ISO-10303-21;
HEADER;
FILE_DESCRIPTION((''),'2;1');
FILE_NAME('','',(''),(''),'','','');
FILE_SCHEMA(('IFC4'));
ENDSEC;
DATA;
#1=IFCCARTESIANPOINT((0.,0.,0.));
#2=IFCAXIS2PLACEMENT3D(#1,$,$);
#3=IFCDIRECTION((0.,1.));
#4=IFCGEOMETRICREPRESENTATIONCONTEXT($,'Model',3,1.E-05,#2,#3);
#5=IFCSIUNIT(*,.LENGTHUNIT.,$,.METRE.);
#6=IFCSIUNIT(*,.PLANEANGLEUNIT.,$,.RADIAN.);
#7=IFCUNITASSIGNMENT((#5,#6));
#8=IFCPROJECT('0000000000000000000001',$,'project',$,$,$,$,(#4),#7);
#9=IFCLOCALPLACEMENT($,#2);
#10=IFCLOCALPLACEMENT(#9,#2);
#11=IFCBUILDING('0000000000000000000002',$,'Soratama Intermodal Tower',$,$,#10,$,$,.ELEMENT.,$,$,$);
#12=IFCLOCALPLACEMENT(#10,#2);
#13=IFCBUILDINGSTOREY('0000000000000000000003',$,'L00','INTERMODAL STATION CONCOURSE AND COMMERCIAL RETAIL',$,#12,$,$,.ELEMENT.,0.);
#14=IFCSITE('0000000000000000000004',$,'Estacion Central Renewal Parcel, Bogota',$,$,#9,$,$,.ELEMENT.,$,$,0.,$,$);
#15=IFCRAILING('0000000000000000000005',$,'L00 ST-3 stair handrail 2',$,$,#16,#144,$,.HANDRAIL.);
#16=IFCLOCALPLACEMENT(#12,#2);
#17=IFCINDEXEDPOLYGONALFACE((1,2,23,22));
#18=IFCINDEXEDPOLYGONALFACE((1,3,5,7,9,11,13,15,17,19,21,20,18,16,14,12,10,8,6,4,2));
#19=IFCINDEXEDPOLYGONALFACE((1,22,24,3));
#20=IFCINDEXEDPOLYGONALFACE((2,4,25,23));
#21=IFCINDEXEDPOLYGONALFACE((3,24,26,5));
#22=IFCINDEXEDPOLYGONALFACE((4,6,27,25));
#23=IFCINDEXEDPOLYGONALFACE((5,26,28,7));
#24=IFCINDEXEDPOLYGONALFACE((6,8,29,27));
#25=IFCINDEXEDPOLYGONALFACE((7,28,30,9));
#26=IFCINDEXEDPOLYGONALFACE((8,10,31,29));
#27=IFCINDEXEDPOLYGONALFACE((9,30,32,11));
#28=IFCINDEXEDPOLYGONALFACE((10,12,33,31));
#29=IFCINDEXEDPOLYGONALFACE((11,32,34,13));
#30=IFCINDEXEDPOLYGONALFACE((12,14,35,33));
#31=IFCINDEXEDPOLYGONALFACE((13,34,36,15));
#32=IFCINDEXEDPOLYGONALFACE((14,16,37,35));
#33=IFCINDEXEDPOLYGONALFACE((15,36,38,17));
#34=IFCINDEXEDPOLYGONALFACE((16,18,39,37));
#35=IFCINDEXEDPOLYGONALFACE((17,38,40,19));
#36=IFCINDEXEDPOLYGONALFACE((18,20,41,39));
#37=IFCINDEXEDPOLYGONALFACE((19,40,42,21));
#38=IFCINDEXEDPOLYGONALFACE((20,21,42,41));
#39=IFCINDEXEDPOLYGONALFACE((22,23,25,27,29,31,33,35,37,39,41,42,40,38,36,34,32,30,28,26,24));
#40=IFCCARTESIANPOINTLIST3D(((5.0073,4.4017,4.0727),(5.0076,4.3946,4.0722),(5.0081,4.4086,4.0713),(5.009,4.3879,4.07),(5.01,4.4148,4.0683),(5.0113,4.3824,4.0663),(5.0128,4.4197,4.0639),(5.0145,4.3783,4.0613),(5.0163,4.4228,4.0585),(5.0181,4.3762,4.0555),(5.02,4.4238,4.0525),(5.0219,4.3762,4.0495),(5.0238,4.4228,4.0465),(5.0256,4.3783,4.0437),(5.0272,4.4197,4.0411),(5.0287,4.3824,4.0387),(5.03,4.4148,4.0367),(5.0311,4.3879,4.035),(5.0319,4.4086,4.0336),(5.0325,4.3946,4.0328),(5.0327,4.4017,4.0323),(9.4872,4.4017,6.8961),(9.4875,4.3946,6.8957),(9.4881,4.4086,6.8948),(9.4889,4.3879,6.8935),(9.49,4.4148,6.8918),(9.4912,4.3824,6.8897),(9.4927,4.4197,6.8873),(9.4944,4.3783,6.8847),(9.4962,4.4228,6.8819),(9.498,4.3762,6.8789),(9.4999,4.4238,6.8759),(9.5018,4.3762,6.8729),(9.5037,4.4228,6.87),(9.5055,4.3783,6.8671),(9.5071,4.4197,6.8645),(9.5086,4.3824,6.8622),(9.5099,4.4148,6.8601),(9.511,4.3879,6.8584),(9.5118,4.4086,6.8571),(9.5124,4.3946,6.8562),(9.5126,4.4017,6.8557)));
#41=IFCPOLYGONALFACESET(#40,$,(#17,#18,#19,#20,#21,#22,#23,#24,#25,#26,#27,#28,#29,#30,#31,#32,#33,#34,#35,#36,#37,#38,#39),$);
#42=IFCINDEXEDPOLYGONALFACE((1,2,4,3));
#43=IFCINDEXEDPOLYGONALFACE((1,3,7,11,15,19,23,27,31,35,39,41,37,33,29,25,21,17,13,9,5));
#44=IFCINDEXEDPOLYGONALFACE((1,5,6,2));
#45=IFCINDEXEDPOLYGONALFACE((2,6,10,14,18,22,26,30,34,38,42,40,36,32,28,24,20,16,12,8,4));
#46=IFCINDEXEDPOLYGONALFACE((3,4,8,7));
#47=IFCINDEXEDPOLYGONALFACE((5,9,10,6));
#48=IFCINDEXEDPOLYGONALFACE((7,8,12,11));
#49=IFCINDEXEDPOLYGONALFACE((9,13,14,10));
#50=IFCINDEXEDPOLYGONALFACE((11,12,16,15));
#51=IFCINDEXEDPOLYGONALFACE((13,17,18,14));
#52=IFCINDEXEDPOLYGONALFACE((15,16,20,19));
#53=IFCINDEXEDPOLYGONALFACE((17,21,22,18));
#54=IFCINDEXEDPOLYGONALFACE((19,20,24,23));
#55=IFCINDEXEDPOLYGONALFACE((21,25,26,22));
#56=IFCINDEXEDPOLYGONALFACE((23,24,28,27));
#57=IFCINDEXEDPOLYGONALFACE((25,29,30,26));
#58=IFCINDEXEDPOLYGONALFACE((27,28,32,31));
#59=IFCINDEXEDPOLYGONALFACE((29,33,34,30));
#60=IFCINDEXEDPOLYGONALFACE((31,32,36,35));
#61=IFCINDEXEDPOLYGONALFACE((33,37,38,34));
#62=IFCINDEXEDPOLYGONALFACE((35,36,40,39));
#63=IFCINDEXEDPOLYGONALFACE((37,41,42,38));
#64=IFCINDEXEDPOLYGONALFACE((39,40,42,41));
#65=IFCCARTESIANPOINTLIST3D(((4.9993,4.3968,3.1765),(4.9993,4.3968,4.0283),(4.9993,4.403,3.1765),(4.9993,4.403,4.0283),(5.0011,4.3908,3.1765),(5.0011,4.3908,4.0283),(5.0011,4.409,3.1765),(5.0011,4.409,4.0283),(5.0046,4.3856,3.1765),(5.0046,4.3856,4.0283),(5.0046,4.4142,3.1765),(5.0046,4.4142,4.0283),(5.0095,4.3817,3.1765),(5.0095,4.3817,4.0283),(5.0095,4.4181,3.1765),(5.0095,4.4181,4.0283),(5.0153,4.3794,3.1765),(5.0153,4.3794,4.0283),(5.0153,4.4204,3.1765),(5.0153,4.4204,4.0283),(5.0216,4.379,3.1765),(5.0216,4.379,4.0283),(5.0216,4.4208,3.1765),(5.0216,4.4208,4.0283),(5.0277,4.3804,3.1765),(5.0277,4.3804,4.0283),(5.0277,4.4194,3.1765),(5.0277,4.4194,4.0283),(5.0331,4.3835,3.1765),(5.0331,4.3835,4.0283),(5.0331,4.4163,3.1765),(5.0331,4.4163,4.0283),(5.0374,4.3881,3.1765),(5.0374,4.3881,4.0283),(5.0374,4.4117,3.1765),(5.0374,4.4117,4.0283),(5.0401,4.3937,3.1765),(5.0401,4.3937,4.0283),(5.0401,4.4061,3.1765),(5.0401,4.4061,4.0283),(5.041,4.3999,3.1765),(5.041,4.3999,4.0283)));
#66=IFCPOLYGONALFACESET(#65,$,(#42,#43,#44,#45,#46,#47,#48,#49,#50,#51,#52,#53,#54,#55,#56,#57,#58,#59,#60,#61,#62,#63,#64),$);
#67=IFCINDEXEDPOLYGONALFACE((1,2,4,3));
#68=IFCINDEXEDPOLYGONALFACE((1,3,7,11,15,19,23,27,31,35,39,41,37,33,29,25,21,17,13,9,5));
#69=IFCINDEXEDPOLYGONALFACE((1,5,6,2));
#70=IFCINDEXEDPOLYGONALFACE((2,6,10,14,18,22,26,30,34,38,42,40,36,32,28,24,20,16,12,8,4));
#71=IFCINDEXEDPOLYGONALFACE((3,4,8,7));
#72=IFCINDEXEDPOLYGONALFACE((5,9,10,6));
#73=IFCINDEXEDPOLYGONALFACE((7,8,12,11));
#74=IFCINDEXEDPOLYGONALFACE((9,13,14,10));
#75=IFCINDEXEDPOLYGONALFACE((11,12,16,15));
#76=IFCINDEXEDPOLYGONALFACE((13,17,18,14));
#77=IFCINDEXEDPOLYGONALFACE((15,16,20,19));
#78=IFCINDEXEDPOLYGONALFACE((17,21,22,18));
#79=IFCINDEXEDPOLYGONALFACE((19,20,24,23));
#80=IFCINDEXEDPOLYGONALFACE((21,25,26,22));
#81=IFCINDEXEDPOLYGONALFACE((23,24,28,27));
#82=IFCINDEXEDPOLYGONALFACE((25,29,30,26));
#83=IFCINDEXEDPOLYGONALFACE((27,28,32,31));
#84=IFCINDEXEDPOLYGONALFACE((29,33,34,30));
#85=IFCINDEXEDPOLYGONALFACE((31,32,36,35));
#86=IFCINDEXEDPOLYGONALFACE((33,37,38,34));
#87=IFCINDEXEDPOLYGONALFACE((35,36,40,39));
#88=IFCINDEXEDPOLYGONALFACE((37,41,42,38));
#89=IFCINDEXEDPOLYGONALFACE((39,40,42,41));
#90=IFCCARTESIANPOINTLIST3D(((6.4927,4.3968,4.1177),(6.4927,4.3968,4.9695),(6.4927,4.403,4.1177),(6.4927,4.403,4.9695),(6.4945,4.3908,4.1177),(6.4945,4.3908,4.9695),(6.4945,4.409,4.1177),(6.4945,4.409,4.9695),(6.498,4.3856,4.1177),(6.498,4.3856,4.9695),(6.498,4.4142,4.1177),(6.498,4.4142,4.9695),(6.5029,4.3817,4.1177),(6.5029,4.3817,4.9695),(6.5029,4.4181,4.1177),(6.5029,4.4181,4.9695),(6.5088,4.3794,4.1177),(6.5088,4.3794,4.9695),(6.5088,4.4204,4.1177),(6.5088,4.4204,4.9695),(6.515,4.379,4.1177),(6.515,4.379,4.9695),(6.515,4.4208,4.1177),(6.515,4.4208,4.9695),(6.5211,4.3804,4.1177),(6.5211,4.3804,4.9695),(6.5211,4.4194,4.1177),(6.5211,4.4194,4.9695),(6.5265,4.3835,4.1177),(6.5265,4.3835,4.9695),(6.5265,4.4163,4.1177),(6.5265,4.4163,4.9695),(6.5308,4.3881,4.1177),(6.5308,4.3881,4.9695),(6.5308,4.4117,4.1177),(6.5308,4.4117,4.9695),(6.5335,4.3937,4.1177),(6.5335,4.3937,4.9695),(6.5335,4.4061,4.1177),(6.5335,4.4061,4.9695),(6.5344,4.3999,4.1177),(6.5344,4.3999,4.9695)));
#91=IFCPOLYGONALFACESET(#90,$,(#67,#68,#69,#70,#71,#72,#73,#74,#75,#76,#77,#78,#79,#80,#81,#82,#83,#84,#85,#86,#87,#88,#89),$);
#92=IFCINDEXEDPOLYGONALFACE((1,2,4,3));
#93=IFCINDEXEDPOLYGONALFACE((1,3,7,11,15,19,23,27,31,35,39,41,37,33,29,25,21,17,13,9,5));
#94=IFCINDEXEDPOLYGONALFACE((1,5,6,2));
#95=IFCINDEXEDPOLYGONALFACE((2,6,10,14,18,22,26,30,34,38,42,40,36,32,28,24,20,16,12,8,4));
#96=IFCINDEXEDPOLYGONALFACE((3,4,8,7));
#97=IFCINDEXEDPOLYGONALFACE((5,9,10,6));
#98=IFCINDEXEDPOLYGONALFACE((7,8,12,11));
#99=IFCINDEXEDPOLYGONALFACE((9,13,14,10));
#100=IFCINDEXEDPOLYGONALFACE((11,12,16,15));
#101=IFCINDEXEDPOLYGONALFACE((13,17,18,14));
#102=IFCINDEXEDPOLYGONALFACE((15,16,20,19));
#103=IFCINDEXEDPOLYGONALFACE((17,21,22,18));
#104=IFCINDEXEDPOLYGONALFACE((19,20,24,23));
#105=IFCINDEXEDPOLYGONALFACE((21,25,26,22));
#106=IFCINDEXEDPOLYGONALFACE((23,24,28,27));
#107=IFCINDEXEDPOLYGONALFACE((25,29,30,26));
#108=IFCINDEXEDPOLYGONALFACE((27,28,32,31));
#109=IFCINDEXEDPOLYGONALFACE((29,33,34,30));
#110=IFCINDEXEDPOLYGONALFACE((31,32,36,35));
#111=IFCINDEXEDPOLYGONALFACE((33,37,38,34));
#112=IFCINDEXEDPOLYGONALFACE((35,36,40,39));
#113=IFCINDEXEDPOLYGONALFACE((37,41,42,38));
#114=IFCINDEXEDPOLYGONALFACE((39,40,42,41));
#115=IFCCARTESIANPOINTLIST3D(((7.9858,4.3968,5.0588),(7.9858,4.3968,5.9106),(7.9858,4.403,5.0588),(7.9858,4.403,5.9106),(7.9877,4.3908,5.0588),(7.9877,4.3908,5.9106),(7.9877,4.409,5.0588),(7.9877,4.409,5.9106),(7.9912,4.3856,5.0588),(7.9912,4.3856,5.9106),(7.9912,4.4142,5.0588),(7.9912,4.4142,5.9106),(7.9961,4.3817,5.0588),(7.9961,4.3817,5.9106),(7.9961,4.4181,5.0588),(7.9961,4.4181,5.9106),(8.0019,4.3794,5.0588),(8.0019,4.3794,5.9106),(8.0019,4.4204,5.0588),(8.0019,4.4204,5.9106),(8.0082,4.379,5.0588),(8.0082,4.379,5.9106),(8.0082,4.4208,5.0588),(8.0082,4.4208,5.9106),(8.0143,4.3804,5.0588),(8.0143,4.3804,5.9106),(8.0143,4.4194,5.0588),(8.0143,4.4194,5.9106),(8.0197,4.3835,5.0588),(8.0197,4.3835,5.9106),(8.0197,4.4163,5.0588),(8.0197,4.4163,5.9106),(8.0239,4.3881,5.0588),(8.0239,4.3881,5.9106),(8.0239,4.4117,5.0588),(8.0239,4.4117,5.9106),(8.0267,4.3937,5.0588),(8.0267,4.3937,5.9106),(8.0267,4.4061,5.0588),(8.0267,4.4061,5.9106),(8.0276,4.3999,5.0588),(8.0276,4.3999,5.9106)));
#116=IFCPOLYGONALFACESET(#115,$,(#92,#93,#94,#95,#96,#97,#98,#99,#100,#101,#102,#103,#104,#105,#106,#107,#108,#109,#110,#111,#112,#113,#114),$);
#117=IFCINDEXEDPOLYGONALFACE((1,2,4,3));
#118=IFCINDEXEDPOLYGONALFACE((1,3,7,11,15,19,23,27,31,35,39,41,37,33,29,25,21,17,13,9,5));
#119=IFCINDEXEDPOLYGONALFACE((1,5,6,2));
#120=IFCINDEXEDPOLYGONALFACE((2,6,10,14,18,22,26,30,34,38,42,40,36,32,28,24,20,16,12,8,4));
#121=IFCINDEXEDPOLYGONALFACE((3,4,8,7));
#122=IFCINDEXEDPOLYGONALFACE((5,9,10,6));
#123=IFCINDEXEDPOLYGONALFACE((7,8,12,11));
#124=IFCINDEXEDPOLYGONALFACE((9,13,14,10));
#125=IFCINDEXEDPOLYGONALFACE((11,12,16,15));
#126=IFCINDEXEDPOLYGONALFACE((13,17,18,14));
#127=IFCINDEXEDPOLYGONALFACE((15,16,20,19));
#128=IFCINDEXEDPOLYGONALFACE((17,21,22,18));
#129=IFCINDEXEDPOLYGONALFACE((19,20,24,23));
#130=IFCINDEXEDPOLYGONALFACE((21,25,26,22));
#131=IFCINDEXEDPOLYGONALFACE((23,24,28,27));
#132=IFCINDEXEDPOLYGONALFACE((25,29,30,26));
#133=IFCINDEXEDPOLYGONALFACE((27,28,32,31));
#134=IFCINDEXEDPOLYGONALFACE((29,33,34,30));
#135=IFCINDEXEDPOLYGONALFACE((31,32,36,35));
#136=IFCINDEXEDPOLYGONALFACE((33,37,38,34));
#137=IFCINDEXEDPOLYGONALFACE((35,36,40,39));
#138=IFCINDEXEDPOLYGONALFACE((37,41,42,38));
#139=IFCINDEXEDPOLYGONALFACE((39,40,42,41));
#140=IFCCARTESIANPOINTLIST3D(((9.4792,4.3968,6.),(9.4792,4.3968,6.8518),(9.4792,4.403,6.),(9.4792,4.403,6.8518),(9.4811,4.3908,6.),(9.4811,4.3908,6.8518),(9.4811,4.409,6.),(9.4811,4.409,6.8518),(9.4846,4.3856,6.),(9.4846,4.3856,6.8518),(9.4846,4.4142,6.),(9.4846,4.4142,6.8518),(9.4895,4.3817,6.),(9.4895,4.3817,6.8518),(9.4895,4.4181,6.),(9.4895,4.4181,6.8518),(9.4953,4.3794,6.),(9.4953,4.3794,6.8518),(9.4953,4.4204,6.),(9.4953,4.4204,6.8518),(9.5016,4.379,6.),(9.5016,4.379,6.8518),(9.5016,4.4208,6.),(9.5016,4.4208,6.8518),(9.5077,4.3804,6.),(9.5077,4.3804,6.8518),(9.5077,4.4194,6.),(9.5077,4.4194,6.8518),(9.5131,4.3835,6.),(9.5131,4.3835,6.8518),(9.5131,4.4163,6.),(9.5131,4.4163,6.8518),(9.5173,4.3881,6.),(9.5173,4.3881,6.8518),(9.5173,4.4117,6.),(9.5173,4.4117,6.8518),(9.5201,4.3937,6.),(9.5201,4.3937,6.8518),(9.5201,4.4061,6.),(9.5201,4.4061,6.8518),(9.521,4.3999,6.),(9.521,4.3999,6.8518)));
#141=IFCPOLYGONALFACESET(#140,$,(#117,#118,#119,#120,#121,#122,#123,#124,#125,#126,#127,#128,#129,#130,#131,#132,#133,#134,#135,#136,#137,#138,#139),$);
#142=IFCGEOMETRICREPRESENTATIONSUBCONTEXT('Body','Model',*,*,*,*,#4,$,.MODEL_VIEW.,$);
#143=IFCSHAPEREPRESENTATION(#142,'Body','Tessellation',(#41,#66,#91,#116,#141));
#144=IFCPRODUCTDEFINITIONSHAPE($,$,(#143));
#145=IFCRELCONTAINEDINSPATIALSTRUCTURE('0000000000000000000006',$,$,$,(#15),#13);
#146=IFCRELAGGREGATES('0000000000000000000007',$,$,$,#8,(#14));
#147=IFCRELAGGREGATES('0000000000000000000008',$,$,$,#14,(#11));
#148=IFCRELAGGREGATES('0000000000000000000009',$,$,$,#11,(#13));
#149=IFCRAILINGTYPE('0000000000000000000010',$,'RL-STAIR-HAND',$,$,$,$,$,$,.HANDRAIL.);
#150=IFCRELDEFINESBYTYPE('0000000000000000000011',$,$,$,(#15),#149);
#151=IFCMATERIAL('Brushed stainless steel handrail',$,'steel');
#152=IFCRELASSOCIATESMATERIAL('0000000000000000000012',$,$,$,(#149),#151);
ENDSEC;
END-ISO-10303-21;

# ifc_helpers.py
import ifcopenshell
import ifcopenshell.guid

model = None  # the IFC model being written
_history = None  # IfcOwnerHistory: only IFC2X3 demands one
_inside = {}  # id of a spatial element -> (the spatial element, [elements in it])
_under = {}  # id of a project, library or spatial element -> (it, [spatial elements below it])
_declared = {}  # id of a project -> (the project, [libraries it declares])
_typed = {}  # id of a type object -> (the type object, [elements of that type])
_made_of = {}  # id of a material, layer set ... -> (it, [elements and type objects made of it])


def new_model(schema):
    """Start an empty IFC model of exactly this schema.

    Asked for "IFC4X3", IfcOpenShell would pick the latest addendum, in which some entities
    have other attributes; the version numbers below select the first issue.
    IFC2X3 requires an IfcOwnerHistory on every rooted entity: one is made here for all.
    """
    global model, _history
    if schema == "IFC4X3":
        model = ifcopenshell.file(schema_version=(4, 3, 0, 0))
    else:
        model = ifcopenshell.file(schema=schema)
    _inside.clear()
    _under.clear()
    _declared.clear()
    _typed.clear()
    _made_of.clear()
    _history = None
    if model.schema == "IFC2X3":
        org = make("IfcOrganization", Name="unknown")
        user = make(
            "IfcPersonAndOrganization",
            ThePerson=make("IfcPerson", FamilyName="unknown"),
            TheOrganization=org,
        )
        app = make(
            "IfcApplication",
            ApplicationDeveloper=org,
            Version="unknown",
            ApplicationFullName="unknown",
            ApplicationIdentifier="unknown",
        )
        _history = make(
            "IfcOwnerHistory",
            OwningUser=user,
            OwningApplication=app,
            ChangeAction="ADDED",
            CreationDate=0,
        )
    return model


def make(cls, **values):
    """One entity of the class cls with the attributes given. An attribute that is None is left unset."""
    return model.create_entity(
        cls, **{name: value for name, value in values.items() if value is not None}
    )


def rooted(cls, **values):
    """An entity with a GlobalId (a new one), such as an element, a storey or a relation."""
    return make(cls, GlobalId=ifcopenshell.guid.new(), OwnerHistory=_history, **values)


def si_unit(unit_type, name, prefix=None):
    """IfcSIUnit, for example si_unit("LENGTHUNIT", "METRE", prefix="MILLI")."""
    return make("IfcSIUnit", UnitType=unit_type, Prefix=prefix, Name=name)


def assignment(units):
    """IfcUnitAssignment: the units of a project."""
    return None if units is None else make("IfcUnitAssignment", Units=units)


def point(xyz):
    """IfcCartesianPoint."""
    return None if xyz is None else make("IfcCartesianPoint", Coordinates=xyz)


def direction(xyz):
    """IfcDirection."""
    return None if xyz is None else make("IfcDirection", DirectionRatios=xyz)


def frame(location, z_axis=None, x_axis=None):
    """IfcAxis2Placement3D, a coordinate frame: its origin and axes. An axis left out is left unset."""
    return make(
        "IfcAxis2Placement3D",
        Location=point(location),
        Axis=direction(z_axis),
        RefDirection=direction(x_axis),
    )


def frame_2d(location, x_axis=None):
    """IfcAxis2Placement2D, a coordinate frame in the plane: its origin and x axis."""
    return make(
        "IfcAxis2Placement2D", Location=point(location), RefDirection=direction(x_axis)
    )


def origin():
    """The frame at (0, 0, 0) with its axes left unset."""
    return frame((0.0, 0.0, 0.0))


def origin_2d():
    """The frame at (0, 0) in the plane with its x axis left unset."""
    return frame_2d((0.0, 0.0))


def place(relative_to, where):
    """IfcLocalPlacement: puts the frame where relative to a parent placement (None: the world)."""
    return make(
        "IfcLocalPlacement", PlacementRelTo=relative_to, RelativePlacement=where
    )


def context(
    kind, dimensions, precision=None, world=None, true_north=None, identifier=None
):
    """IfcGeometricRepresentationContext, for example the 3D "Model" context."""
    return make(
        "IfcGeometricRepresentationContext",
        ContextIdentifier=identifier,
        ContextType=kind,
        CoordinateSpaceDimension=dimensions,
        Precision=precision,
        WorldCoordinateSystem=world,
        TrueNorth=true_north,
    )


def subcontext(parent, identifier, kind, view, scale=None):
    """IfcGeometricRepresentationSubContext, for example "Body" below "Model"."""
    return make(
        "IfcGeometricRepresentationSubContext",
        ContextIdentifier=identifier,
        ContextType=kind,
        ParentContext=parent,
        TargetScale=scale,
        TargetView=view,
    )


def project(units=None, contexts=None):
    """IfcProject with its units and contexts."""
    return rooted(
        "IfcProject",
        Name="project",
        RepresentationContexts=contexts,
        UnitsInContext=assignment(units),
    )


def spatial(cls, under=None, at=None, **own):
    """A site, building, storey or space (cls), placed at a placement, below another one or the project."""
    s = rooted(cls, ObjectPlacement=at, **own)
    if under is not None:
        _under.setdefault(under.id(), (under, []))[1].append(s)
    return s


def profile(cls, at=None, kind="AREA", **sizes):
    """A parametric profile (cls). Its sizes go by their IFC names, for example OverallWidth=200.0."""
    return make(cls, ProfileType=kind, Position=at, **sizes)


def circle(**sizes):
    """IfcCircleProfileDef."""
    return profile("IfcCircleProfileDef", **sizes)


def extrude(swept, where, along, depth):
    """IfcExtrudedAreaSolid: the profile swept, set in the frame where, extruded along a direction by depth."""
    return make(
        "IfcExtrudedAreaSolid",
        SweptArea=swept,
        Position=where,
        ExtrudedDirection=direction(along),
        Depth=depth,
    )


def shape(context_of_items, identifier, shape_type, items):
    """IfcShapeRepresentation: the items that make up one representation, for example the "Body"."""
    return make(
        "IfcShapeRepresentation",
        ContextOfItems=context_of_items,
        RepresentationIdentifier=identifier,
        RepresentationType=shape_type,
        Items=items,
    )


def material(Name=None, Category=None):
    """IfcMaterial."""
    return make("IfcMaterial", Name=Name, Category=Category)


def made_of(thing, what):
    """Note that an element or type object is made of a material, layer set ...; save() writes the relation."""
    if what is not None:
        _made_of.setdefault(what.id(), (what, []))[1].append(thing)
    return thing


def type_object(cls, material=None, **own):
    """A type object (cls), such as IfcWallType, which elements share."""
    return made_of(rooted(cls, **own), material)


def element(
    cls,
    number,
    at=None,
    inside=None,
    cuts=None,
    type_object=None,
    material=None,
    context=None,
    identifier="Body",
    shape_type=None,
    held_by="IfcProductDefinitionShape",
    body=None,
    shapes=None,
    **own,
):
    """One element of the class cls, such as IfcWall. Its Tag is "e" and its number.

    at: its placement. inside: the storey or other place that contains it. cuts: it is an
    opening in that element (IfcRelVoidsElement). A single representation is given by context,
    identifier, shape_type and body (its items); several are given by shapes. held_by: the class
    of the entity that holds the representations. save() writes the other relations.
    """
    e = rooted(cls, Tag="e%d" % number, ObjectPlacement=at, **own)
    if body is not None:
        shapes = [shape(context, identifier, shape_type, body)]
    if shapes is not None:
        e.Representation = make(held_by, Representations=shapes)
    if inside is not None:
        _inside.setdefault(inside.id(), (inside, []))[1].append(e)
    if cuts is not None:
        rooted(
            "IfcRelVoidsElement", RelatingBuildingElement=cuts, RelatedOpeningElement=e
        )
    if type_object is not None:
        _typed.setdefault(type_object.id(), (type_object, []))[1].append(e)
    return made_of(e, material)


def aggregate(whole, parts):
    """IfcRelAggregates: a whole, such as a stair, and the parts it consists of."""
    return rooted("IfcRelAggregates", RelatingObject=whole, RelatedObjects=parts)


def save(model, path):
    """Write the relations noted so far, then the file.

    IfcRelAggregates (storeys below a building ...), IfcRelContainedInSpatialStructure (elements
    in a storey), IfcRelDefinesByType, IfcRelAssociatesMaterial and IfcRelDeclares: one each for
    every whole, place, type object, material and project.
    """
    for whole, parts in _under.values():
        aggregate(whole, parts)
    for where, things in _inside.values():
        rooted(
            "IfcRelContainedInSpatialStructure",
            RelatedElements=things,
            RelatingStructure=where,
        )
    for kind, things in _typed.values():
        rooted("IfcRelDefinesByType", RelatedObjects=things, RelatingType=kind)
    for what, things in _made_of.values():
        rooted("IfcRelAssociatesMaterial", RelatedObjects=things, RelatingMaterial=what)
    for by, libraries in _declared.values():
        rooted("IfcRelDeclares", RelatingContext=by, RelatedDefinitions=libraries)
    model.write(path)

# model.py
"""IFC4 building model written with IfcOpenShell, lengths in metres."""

from ifc_helpers import new_model, si_unit, direction, frame, origin, origin_2d, place, context, subcontext, project, spatial, circle, extrude, material, type_object, element, save


model = new_model("IFC4")

# Units and contexts
model_context = context("Model", 3, precision=1e-05, world=origin(), true_north=direction((0.0, 1.0)))
body_context = subcontext(model_context, "Body", "Model", "MODEL_VIEW")
ifc_project = project(units=[si_unit("LENGTHUNIT", "METRE"), si_unit("PLANEANGLEUNIT", "RADIAN")], contexts=[model_context])

# Site, building, storey
site_placement = place(None, origin())
site = spatial("IfcSite", under=ifc_project, at=site_placement, Name="Estacion Central Renewal Parcel, Bogota", CompositionType="ELEMENT", RefElevation=0.0)
building_placement = place(site_placement, origin())
building = spatial("IfcBuilding", under=site, at=building_placement, Name="Soratama Intermodal Tower", CompositionType="ELEMENT")
storey_placement = place(building_placement, origin())
storey = spatial("IfcBuildingStorey", under=building, at=storey_placement, Name="L00", Description="INTERMODAL STATION CONCOURSE AND COMMERCIAL RETAIL", CompositionType="ELEMENT", Elevation=0.0)

# Railing
ifc_material_1 = material(Name="Brushed stainless steel handrail", Category="steel")
railing_type_1 = type_object("IfcRailingType", Name="RL-STAIR-HAND", PredefinedType="HANDRAIL", material=ifc_material_1)
railing_1_placement = place(storey_placement, frame((5.02, 4.3999, 3.1765)))
element("IfcRailing", 1, at=railing_1_placement, inside=storey, type_object=railing_type_1, Name="L00 ST-3 stair handrail 2", PredefinedType="HANDRAIL", context=body_context, shape_type="SweptSolid", body=[
    extrude(circle(Radius=0.0239, at=origin_2d()), frame((0.0, 0.0, 0.876), z_axis=(0.845998, 0.0, 0.533186), x_axis=(0.0, 1.0, 0.0)), (0.0, 0.0, 1.0), 5.2954),
    extrude(circle(Radius=0.021, at=origin_2d()), origin(), (0.0, 0.0, 1.0), 0.8518),
    extrude(circle(Radius=0.021, at=origin_2d()), frame((1.4934, 0.0, 0.9412)), (0.0, 0.0, 1.0), 0.8518),
    extrude(circle(Radius=0.021, at=origin_2d()), frame((2.9866, 0.0, 1.8823)), (0.0, 0.0, 1.0), 0.8518),
    extrude(circle(Radius=0.021, at=origin_2d()), frame((4.48, 0.0, 2.8235)), (0.0, 0.0, 1.0), 0.8518),
])

save(model, "model.ifc")
